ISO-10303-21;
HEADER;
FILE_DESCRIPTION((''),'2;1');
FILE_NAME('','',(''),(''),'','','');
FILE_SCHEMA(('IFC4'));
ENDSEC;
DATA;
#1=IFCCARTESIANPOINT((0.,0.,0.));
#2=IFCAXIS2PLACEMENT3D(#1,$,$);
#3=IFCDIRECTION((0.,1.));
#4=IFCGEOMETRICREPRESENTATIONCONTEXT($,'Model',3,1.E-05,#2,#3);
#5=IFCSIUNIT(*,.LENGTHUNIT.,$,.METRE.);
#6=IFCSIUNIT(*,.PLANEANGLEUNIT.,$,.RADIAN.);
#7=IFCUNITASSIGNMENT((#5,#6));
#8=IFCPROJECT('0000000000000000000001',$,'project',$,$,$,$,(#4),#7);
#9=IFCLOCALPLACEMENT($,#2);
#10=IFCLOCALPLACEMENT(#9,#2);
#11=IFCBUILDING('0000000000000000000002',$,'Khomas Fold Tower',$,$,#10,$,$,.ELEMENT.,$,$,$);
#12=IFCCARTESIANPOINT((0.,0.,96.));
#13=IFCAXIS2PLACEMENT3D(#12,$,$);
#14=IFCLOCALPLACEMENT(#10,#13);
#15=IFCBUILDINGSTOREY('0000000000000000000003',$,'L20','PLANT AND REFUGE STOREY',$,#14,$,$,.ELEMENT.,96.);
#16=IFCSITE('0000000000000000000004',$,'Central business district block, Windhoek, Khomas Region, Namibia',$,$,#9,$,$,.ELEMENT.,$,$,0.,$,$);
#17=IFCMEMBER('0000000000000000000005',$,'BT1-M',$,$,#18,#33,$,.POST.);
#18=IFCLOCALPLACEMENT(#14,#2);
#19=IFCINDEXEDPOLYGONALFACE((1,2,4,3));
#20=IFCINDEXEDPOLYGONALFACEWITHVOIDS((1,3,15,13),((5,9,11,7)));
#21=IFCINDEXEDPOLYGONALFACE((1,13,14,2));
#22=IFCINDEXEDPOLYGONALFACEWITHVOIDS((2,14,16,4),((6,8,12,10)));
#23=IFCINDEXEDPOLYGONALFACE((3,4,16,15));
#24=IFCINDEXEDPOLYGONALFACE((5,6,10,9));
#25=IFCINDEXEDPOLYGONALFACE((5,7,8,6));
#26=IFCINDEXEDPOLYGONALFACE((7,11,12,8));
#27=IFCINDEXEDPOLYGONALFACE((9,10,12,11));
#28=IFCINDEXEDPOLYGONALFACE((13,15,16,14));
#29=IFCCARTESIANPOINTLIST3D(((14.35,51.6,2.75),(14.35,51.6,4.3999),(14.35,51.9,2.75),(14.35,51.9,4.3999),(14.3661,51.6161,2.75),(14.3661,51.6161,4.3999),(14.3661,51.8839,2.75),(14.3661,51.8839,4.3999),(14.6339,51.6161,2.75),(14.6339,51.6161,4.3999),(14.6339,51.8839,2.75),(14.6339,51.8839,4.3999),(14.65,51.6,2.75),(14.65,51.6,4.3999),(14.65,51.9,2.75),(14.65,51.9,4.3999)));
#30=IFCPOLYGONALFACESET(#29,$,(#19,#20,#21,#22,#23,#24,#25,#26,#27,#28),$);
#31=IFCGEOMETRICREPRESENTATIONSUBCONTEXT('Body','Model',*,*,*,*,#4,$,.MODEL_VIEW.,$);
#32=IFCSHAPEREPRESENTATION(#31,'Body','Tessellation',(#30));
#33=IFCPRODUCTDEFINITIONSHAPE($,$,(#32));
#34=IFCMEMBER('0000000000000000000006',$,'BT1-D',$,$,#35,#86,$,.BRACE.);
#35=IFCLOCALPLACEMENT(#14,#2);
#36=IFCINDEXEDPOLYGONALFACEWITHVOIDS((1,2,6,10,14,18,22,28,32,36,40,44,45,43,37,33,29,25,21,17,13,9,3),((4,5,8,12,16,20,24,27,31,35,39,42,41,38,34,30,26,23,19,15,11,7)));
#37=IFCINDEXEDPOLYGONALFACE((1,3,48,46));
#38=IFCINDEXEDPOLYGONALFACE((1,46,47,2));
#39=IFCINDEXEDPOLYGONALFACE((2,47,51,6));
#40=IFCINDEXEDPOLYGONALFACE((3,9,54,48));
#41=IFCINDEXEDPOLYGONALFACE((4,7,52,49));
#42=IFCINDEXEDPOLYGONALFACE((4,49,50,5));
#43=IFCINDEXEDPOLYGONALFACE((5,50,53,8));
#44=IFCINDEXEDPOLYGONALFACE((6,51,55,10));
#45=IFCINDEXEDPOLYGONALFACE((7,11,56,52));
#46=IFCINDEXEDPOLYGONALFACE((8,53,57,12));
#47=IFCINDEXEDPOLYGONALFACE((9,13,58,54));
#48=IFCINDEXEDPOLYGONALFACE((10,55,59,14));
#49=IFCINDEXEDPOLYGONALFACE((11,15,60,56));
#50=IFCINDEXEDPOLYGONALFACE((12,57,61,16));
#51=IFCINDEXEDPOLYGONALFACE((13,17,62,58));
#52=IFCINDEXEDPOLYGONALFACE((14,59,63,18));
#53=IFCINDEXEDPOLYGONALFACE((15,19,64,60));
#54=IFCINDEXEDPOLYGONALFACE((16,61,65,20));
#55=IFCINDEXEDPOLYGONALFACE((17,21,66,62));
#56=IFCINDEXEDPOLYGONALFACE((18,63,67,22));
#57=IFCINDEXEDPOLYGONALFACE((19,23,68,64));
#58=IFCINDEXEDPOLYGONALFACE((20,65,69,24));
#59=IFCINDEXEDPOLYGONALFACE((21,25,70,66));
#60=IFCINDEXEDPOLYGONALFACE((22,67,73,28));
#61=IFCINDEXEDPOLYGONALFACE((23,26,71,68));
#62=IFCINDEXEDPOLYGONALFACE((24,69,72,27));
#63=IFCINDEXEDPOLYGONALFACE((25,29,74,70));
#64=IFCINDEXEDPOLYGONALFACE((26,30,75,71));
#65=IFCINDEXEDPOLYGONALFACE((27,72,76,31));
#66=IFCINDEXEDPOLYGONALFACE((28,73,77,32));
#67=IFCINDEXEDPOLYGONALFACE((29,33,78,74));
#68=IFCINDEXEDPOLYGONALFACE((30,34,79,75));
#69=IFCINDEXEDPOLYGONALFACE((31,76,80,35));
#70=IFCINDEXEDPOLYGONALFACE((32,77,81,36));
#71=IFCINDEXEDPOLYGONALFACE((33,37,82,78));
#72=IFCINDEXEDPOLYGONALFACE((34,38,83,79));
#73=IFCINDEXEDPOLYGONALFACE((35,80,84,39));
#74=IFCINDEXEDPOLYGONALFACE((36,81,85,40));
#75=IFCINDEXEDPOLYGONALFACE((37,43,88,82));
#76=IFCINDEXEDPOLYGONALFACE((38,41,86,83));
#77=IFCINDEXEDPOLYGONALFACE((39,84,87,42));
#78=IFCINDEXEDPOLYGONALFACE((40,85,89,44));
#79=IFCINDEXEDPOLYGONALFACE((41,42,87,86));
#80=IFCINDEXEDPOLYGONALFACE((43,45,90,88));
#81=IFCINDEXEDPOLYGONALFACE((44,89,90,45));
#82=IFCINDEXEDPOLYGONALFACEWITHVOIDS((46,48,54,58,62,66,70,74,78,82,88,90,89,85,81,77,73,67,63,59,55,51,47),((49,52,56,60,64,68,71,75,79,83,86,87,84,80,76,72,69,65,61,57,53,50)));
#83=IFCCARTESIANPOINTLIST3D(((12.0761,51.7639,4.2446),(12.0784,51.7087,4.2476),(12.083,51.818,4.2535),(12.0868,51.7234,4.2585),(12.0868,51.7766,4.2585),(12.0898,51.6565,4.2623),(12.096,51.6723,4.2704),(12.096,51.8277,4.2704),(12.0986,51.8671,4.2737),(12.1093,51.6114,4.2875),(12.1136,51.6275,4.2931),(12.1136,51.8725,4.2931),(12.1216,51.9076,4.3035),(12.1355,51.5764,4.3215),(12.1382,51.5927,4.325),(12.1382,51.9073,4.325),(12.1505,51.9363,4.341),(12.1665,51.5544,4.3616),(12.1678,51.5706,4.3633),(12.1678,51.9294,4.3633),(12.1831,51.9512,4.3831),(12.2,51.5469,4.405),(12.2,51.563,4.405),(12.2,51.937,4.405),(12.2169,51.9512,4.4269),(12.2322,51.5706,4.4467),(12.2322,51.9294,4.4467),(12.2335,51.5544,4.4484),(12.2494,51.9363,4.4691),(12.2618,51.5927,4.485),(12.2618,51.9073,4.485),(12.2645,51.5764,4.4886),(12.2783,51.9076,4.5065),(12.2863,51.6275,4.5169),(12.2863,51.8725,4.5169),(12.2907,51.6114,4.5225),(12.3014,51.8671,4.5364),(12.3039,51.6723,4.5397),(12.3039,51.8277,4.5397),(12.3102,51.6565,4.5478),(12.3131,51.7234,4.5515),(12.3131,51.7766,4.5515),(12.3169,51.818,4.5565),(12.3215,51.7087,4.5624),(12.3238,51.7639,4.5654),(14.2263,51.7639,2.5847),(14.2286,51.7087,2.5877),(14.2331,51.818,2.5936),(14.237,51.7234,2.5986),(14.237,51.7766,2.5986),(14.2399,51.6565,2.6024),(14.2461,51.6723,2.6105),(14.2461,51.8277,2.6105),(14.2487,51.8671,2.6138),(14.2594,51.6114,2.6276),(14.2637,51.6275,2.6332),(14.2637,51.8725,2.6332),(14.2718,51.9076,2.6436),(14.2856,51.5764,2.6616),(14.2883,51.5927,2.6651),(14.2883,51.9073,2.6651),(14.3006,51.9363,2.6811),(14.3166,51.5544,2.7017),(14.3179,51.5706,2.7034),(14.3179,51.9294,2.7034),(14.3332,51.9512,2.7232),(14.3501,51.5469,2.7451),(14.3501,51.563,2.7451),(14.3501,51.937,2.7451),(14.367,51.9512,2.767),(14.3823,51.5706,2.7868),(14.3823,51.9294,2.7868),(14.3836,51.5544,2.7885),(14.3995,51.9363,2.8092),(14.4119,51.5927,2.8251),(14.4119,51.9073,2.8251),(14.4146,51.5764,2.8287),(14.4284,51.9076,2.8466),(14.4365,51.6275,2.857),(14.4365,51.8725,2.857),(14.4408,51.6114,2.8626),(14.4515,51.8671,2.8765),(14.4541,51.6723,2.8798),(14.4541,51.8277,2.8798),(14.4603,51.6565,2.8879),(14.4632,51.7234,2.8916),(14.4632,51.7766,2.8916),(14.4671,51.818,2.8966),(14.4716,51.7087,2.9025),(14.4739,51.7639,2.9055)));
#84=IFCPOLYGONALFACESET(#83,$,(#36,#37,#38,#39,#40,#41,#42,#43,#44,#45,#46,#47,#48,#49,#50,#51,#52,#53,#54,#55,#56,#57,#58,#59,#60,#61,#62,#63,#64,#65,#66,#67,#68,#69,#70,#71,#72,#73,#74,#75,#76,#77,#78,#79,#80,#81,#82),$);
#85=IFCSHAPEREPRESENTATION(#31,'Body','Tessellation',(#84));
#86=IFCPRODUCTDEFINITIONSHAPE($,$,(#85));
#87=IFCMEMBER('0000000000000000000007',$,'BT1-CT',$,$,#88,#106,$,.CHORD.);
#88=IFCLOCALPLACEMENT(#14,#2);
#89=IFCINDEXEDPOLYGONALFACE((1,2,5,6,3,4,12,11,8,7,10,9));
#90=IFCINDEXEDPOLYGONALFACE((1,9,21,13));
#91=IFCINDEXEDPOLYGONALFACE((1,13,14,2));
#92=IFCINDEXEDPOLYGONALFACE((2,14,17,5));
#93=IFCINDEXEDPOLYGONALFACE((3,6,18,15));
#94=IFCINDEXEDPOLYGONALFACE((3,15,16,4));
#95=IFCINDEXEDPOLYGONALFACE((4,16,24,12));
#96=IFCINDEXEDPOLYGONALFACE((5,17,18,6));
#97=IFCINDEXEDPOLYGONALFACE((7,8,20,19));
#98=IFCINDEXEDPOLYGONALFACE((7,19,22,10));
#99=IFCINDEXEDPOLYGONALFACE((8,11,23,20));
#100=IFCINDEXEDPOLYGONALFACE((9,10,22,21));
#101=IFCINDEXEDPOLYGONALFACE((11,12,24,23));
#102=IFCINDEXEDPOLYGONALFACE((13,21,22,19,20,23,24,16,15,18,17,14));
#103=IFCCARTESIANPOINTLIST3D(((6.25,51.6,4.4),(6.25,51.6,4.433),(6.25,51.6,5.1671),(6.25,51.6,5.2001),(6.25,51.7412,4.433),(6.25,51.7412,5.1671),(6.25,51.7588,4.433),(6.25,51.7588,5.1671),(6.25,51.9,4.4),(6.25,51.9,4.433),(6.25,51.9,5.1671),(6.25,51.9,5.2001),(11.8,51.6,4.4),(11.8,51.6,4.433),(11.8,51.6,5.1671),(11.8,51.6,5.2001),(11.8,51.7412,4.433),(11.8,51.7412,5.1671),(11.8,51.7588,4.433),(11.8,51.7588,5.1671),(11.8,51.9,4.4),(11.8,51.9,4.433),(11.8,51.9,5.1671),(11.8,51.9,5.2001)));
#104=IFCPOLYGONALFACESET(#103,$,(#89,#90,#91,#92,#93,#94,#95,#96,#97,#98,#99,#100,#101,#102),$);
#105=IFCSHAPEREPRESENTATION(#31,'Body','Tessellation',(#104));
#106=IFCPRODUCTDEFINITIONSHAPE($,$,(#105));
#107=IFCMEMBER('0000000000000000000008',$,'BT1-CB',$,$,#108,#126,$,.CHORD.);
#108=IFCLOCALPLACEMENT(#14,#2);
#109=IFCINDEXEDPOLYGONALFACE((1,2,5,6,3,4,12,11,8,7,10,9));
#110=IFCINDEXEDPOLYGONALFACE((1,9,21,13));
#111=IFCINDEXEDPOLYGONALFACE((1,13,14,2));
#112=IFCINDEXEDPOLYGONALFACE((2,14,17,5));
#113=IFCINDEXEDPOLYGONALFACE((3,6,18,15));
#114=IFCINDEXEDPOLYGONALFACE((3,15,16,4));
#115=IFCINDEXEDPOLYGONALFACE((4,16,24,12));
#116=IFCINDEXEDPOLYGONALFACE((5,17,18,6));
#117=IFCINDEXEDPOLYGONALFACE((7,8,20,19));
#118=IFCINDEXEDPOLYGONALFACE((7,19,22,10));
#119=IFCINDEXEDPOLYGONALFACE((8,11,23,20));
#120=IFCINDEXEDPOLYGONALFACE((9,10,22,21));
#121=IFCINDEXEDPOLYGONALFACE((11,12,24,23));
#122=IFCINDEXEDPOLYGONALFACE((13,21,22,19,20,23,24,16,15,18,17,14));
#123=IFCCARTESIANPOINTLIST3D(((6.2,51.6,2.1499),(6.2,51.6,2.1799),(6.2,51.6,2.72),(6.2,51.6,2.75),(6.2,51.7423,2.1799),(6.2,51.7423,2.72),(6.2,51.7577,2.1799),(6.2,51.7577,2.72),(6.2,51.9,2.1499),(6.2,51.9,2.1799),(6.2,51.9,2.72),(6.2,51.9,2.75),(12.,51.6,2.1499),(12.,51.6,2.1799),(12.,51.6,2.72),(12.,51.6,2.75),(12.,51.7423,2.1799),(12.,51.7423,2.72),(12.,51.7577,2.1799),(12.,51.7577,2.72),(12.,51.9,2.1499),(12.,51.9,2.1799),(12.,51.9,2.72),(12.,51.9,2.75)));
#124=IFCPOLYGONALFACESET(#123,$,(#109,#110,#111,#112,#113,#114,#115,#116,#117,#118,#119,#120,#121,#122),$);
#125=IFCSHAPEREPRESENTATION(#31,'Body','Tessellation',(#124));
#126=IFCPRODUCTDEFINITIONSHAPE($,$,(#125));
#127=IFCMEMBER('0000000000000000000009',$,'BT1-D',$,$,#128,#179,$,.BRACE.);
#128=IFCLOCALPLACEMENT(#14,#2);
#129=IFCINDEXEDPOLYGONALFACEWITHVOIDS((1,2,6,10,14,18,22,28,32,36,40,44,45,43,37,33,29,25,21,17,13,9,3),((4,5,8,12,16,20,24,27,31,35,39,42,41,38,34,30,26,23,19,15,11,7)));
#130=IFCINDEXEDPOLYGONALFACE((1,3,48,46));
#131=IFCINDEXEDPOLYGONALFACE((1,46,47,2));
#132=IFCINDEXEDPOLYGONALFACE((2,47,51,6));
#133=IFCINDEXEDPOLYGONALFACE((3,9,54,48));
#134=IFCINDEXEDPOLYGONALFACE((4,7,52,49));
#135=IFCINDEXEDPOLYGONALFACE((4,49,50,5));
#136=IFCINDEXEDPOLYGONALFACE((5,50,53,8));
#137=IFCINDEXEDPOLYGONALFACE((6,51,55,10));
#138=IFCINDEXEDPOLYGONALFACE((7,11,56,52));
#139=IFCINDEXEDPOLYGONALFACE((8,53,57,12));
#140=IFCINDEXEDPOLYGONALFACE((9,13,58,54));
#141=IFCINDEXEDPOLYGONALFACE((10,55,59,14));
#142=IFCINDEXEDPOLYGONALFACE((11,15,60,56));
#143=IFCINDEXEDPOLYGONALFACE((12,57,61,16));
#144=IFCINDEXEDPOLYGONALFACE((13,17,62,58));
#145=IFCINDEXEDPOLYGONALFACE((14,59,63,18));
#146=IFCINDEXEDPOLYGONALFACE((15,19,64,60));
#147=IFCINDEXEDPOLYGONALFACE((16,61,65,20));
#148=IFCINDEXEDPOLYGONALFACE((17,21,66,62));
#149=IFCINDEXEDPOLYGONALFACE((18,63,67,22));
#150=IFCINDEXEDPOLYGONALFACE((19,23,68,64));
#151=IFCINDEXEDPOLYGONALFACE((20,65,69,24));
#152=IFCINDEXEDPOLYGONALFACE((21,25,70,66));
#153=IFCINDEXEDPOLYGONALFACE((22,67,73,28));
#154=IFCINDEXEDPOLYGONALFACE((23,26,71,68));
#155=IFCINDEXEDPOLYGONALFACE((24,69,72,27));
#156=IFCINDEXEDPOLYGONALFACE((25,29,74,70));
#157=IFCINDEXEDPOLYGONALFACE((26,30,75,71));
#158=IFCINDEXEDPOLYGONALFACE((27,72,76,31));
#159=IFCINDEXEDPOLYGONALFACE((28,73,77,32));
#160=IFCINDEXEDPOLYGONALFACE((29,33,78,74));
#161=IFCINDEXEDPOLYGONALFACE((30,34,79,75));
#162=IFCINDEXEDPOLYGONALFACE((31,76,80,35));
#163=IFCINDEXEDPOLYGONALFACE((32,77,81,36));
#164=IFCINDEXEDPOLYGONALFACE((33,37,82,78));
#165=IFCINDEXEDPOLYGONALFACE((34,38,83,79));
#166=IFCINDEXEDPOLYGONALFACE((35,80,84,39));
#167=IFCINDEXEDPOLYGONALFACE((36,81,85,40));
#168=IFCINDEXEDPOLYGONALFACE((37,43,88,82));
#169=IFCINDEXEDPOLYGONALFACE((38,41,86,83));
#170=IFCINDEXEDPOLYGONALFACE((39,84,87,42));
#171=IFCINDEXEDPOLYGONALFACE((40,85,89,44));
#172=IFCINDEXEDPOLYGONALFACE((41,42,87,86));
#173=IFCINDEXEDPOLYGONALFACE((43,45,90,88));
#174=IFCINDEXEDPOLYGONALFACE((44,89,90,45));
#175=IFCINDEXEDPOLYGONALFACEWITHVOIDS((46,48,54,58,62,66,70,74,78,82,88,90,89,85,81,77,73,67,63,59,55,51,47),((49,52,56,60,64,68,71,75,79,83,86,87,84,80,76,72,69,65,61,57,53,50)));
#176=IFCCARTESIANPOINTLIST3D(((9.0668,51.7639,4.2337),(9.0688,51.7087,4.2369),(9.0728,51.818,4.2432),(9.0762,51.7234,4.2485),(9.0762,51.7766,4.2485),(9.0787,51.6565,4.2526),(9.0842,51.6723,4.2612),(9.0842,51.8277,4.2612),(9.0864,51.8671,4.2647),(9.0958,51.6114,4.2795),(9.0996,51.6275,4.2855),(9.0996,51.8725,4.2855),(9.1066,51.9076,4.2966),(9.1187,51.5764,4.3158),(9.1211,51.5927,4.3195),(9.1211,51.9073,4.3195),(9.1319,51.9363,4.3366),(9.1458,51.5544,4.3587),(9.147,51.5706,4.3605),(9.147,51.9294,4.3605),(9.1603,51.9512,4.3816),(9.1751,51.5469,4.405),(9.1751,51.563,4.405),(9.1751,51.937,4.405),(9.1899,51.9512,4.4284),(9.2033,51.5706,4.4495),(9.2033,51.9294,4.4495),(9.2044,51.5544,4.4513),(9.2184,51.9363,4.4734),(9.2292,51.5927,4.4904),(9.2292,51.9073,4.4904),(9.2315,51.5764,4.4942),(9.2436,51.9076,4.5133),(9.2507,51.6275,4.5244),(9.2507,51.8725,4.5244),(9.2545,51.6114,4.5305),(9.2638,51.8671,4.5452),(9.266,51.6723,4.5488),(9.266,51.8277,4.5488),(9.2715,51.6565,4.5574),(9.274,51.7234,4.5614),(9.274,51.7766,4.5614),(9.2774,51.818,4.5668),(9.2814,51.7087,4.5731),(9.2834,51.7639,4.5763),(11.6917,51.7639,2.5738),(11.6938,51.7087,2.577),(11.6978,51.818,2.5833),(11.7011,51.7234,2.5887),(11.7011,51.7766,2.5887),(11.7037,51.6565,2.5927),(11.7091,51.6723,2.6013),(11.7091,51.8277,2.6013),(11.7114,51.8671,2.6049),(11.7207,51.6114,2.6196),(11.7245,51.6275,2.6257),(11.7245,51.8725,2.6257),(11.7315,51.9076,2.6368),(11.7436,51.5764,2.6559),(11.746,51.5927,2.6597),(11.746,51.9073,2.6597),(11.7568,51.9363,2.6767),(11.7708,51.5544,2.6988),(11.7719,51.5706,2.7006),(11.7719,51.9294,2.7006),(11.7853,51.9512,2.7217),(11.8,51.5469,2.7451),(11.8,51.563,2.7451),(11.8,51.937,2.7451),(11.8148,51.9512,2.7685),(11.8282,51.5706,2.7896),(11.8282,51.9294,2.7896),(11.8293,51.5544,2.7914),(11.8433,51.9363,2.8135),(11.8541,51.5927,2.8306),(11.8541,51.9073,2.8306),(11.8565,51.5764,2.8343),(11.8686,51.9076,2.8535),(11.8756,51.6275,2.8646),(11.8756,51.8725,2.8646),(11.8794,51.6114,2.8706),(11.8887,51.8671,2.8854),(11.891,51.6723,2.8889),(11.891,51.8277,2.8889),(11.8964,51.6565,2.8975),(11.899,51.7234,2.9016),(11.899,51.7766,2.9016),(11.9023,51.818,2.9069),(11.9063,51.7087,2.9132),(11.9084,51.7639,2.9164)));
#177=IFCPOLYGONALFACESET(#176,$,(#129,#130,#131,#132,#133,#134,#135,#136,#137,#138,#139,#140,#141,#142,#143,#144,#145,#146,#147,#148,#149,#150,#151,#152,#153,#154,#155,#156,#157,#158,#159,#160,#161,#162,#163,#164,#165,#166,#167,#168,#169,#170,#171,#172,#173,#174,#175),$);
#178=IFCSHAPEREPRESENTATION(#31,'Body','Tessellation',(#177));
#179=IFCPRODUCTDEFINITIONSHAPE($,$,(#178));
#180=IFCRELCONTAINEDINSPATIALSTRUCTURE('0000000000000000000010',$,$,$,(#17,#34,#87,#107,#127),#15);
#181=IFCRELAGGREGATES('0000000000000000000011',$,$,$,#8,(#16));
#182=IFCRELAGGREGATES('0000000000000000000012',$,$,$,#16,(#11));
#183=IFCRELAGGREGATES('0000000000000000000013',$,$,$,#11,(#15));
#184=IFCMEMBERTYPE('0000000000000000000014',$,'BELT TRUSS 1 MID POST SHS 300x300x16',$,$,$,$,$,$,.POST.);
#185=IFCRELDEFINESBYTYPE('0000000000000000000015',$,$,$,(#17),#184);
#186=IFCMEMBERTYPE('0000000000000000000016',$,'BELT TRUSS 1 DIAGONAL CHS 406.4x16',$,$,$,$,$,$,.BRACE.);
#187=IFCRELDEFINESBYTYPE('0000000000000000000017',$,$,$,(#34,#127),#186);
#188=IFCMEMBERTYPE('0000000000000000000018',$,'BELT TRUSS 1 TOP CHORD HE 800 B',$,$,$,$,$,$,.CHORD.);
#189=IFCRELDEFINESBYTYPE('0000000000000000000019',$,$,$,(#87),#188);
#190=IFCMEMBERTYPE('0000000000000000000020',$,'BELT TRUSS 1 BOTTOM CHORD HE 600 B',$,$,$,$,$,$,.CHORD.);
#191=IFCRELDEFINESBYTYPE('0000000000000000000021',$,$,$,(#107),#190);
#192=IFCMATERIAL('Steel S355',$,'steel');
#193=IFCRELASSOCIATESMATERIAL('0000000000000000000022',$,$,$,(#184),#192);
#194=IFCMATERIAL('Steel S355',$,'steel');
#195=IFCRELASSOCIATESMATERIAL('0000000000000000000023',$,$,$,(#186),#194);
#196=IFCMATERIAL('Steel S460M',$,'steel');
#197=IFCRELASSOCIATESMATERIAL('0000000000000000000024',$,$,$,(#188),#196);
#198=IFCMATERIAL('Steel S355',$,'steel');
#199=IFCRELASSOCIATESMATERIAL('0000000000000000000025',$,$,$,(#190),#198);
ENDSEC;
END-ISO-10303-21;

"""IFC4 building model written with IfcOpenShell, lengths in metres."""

from ifc_helpers import new_model, si_unit, direction, frame, origin, origin_2d, place, context, subcontext, project, spatial, hollow_rectangle, hollow_circle, i_section, extrude, source, transform, mapped, material, material_profile, profile_set, type_object, element, save


model = new_model("IFC4")

# Units and contexts
model_context = context("Model", 3, precision=1e-05, world=origin(), true_north=direction((0.0, 1.0)))
body_context = subcontext(model_context, "Body", "Model", "MODEL_VIEW")
ifc_project = project(units=[si_unit("LENGTHUNIT", "METRE"), si_unit("PLANEANGLEUNIT", "RADIAN")], contexts=[model_context])

# Site, building, storey
site_placement = place(None, origin())
site = spatial("IfcSite", under=ifc_project, at=site_placement, Name="Central business district block, Windhoek, Khomas Region, Namibia", CompositionType="ELEMENT", RefElevation=0.0)
building_placement = place(site_placement, origin())
building = spatial("IfcBuilding", under=site, at=building_placement, Name="Khomas Fold Tower", CompositionType="ELEMENT")
storey_placement = place(building_placement, frame((0.0, 0.0, 96.0)))
storey = spatial("IfcBuildingStorey", under=building, at=storey_placement, Name="L20", Description="PLANT AND REFUGE STOREY", CompositionType="ELEMENT", Elevation=96.0)

# Members
ifc_material_1 = material(Name="Steel S355", Category="steel")
ifc_material_profile_1 = material_profile(ifc_material_1, hollow_rectangle(XDim=0.3, YDim=0.3, WallThickness=0.0161, at=origin_2d()), Name="SHS 300x300x16")
ifc_profile_set_1 = profile_set([ifc_material_profile_1], Name="Steel S355")
member_type_1 = type_object("IfcMemberType", Name="BELT TRUSS 1 MID POST SHS 300x300x16", PredefinedType="POST", material=ifc_profile_set_1)
shared_shape_1 = source(origin(), body_context, "Body", "SweptSolid", [
    extrude(hollow_rectangle(XDim=0.3, YDim=0.3, WallThickness=0.0161, at=origin_2d()), origin(), (0.0, 0.0, 1.0), 1.6499),
])
member_1_placement = place(storey_placement, frame((14.5, 51.75, 2.75), z_axis=(0.0, 0.0, 1.0), x_axis=(1.0, 0.0, 0.0)))
element("IfcMember", 1, at=member_1_placement, inside=storey, type_object=member_type_1, Name="BT1-M", PredefinedType="POST", context=body_context, shape_type="MappedRepresentation", body=[
    mapped(shared_shape_1, transform((0.0, 0.0, 0.0))),
])
ifc_material_2 = material(Name="Steel S355", Category="steel")
ifc_material_profile_2 = material_profile(ifc_material_2, hollow_circle(Radius=0.2031, WallThickness=0.0161, at=origin_2d()), Name="CHS 406.4x16")
ifc_profile_set_2 = profile_set([ifc_material_profile_2], Name="Steel S355")
member_type_2 = type_object("IfcMemberType", Name="BELT TRUSS 1 DIAGONAL CHS 406.4x16", PredefinedType="BRACE", material=ifc_profile_set_2)
shared_shape_2 = source(origin(), body_context, "Body", "SweptSolid", [
    extrude(hollow_circle(Radius=0.2031, WallThickness=0.0161, at=origin_2d()), origin(), (0.0, 0.0, 1.0), 2.7163),
])
member_2_placement = place(storey_placement, frame((14.3501, 51.75, 2.7451), z_axis=(-0.791564, 0.0, 0.611087), x_axis=(0.0, -1.0, 0.0)))
element("IfcMember", 2, at=member_2_placement, inside=storey, type_object=member_type_2, Name="BT1-D", PredefinedType="BRACE", context=body_context, shape_type="MappedRepresentation", body=[
    mapped(shared_shape_2, transform((0.0, 0.0, 0.0))),
])
ifc_material_3 = material(Name="Steel S460M", Category="steel")
ifc_material_profile_3 = material_profile(ifc_material_3, i_section(OverallWidth=0.3, OverallDepth=0.8, WebThickness=0.0176, FlangeThickness=0.033, at=origin_2d()), Name="HE 800 B")
ifc_profile_set_3 = profile_set([ifc_material_profile_3], Name="Steel S460M")
member_type_3 = type_object("IfcMemberType", Name="BELT TRUSS 1 TOP CHORD HE 800 B", PredefinedType="CHORD", material=ifc_profile_set_3)
shared_shape_3 = source(origin(), body_context, "Body", "SweptSolid", [
    extrude(i_section(OverallWidth=0.3, OverallDepth=0.8, WebThickness=0.0176, FlangeThickness=0.033, at=origin_2d()), origin(), (0.0, 0.0, 1.0), 5.55),
])
member_3_placement = place(storey_placement, frame((11.8, 51.75, 4.8), z_axis=(-1.0, 0.0, 0.0), x_axis=(0.0, -1.0, 0.0)))
element("IfcMember", 3, at=member_3_placement, inside=storey, type_object=member_type_3, Name="BT1-CT", PredefinedType="CHORD", context=body_context, shape_type="MappedRepresentation", body=[
    mapped(shared_shape_3, transform((0.0, 0.0, 0.0))),
])
ifc_material_4 = material(Name="Steel S355", Category="steel")
ifc_material_profile_4 = material_profile(ifc_material_4, i_section(OverallWidth=0.3, OverallDepth=0.6001, WebThickness=0.0154, FlangeThickness=0.03, at=origin_2d()), Name="HE 600 B")
ifc_profile_set_4 = profile_set([ifc_material_profile_4], Name="Steel S355")
member_type_4 = type_object("IfcMemberType", Name="BELT TRUSS 1 BOTTOM CHORD HE 600 B", PredefinedType="CHORD", material=ifc_profile_set_4)
shared_shape_4 = source(origin(), body_context, "Body", "SweptSolid", [
    extrude(i_section(OverallWidth=0.3, OverallDepth=0.6001, WebThickness=0.0154, FlangeThickness=0.03, at=origin_2d()), origin(), (0.0, 0.0, 1.0), 5.8),
])
member_4_placement = place(storey_placement, frame((12.0, 51.75, 2.45), z_axis=(-1.0, 0.0, 0.0), x_axis=(0.0, -1.0, 0.0)))
element("IfcMember", 4, at=member_4_placement, inside=storey, type_object=member_type_4, Name="BT1-CB", PredefinedType="CHORD", context=body_context, shape_type="MappedRepresentation", body=[
    mapped(shared_shape_4, transform((0.0, 0.0, 0.0))),
])
shared_shape_5 = source(origin(), body_context, "Body", "SweptSolid", [
    extrude(hollow_circle(Radius=0.2031, WallThickness=0.0161, at=origin_2d()), origin(), (0.0, 0.0, 1.0), 3.1057),
])
member_5_placement = place(storey_placement, frame((11.8, 51.75, 2.7451), z_axis=(-0.845196, 0.0, 0.534457), x_axis=(0.0, -1.0, 0.0)))
element("IfcMember", 5, at=member_5_placement, inside=storey, type_object=member_type_2, Name="BT1-D", PredefinedType="BRACE", context=body_context, shape_type="MappedRepresentation", body=[
    mapped(shared_shape_5, transform((0.0, 0.0, 0.0))),
])

save(model, "model.ifc")
